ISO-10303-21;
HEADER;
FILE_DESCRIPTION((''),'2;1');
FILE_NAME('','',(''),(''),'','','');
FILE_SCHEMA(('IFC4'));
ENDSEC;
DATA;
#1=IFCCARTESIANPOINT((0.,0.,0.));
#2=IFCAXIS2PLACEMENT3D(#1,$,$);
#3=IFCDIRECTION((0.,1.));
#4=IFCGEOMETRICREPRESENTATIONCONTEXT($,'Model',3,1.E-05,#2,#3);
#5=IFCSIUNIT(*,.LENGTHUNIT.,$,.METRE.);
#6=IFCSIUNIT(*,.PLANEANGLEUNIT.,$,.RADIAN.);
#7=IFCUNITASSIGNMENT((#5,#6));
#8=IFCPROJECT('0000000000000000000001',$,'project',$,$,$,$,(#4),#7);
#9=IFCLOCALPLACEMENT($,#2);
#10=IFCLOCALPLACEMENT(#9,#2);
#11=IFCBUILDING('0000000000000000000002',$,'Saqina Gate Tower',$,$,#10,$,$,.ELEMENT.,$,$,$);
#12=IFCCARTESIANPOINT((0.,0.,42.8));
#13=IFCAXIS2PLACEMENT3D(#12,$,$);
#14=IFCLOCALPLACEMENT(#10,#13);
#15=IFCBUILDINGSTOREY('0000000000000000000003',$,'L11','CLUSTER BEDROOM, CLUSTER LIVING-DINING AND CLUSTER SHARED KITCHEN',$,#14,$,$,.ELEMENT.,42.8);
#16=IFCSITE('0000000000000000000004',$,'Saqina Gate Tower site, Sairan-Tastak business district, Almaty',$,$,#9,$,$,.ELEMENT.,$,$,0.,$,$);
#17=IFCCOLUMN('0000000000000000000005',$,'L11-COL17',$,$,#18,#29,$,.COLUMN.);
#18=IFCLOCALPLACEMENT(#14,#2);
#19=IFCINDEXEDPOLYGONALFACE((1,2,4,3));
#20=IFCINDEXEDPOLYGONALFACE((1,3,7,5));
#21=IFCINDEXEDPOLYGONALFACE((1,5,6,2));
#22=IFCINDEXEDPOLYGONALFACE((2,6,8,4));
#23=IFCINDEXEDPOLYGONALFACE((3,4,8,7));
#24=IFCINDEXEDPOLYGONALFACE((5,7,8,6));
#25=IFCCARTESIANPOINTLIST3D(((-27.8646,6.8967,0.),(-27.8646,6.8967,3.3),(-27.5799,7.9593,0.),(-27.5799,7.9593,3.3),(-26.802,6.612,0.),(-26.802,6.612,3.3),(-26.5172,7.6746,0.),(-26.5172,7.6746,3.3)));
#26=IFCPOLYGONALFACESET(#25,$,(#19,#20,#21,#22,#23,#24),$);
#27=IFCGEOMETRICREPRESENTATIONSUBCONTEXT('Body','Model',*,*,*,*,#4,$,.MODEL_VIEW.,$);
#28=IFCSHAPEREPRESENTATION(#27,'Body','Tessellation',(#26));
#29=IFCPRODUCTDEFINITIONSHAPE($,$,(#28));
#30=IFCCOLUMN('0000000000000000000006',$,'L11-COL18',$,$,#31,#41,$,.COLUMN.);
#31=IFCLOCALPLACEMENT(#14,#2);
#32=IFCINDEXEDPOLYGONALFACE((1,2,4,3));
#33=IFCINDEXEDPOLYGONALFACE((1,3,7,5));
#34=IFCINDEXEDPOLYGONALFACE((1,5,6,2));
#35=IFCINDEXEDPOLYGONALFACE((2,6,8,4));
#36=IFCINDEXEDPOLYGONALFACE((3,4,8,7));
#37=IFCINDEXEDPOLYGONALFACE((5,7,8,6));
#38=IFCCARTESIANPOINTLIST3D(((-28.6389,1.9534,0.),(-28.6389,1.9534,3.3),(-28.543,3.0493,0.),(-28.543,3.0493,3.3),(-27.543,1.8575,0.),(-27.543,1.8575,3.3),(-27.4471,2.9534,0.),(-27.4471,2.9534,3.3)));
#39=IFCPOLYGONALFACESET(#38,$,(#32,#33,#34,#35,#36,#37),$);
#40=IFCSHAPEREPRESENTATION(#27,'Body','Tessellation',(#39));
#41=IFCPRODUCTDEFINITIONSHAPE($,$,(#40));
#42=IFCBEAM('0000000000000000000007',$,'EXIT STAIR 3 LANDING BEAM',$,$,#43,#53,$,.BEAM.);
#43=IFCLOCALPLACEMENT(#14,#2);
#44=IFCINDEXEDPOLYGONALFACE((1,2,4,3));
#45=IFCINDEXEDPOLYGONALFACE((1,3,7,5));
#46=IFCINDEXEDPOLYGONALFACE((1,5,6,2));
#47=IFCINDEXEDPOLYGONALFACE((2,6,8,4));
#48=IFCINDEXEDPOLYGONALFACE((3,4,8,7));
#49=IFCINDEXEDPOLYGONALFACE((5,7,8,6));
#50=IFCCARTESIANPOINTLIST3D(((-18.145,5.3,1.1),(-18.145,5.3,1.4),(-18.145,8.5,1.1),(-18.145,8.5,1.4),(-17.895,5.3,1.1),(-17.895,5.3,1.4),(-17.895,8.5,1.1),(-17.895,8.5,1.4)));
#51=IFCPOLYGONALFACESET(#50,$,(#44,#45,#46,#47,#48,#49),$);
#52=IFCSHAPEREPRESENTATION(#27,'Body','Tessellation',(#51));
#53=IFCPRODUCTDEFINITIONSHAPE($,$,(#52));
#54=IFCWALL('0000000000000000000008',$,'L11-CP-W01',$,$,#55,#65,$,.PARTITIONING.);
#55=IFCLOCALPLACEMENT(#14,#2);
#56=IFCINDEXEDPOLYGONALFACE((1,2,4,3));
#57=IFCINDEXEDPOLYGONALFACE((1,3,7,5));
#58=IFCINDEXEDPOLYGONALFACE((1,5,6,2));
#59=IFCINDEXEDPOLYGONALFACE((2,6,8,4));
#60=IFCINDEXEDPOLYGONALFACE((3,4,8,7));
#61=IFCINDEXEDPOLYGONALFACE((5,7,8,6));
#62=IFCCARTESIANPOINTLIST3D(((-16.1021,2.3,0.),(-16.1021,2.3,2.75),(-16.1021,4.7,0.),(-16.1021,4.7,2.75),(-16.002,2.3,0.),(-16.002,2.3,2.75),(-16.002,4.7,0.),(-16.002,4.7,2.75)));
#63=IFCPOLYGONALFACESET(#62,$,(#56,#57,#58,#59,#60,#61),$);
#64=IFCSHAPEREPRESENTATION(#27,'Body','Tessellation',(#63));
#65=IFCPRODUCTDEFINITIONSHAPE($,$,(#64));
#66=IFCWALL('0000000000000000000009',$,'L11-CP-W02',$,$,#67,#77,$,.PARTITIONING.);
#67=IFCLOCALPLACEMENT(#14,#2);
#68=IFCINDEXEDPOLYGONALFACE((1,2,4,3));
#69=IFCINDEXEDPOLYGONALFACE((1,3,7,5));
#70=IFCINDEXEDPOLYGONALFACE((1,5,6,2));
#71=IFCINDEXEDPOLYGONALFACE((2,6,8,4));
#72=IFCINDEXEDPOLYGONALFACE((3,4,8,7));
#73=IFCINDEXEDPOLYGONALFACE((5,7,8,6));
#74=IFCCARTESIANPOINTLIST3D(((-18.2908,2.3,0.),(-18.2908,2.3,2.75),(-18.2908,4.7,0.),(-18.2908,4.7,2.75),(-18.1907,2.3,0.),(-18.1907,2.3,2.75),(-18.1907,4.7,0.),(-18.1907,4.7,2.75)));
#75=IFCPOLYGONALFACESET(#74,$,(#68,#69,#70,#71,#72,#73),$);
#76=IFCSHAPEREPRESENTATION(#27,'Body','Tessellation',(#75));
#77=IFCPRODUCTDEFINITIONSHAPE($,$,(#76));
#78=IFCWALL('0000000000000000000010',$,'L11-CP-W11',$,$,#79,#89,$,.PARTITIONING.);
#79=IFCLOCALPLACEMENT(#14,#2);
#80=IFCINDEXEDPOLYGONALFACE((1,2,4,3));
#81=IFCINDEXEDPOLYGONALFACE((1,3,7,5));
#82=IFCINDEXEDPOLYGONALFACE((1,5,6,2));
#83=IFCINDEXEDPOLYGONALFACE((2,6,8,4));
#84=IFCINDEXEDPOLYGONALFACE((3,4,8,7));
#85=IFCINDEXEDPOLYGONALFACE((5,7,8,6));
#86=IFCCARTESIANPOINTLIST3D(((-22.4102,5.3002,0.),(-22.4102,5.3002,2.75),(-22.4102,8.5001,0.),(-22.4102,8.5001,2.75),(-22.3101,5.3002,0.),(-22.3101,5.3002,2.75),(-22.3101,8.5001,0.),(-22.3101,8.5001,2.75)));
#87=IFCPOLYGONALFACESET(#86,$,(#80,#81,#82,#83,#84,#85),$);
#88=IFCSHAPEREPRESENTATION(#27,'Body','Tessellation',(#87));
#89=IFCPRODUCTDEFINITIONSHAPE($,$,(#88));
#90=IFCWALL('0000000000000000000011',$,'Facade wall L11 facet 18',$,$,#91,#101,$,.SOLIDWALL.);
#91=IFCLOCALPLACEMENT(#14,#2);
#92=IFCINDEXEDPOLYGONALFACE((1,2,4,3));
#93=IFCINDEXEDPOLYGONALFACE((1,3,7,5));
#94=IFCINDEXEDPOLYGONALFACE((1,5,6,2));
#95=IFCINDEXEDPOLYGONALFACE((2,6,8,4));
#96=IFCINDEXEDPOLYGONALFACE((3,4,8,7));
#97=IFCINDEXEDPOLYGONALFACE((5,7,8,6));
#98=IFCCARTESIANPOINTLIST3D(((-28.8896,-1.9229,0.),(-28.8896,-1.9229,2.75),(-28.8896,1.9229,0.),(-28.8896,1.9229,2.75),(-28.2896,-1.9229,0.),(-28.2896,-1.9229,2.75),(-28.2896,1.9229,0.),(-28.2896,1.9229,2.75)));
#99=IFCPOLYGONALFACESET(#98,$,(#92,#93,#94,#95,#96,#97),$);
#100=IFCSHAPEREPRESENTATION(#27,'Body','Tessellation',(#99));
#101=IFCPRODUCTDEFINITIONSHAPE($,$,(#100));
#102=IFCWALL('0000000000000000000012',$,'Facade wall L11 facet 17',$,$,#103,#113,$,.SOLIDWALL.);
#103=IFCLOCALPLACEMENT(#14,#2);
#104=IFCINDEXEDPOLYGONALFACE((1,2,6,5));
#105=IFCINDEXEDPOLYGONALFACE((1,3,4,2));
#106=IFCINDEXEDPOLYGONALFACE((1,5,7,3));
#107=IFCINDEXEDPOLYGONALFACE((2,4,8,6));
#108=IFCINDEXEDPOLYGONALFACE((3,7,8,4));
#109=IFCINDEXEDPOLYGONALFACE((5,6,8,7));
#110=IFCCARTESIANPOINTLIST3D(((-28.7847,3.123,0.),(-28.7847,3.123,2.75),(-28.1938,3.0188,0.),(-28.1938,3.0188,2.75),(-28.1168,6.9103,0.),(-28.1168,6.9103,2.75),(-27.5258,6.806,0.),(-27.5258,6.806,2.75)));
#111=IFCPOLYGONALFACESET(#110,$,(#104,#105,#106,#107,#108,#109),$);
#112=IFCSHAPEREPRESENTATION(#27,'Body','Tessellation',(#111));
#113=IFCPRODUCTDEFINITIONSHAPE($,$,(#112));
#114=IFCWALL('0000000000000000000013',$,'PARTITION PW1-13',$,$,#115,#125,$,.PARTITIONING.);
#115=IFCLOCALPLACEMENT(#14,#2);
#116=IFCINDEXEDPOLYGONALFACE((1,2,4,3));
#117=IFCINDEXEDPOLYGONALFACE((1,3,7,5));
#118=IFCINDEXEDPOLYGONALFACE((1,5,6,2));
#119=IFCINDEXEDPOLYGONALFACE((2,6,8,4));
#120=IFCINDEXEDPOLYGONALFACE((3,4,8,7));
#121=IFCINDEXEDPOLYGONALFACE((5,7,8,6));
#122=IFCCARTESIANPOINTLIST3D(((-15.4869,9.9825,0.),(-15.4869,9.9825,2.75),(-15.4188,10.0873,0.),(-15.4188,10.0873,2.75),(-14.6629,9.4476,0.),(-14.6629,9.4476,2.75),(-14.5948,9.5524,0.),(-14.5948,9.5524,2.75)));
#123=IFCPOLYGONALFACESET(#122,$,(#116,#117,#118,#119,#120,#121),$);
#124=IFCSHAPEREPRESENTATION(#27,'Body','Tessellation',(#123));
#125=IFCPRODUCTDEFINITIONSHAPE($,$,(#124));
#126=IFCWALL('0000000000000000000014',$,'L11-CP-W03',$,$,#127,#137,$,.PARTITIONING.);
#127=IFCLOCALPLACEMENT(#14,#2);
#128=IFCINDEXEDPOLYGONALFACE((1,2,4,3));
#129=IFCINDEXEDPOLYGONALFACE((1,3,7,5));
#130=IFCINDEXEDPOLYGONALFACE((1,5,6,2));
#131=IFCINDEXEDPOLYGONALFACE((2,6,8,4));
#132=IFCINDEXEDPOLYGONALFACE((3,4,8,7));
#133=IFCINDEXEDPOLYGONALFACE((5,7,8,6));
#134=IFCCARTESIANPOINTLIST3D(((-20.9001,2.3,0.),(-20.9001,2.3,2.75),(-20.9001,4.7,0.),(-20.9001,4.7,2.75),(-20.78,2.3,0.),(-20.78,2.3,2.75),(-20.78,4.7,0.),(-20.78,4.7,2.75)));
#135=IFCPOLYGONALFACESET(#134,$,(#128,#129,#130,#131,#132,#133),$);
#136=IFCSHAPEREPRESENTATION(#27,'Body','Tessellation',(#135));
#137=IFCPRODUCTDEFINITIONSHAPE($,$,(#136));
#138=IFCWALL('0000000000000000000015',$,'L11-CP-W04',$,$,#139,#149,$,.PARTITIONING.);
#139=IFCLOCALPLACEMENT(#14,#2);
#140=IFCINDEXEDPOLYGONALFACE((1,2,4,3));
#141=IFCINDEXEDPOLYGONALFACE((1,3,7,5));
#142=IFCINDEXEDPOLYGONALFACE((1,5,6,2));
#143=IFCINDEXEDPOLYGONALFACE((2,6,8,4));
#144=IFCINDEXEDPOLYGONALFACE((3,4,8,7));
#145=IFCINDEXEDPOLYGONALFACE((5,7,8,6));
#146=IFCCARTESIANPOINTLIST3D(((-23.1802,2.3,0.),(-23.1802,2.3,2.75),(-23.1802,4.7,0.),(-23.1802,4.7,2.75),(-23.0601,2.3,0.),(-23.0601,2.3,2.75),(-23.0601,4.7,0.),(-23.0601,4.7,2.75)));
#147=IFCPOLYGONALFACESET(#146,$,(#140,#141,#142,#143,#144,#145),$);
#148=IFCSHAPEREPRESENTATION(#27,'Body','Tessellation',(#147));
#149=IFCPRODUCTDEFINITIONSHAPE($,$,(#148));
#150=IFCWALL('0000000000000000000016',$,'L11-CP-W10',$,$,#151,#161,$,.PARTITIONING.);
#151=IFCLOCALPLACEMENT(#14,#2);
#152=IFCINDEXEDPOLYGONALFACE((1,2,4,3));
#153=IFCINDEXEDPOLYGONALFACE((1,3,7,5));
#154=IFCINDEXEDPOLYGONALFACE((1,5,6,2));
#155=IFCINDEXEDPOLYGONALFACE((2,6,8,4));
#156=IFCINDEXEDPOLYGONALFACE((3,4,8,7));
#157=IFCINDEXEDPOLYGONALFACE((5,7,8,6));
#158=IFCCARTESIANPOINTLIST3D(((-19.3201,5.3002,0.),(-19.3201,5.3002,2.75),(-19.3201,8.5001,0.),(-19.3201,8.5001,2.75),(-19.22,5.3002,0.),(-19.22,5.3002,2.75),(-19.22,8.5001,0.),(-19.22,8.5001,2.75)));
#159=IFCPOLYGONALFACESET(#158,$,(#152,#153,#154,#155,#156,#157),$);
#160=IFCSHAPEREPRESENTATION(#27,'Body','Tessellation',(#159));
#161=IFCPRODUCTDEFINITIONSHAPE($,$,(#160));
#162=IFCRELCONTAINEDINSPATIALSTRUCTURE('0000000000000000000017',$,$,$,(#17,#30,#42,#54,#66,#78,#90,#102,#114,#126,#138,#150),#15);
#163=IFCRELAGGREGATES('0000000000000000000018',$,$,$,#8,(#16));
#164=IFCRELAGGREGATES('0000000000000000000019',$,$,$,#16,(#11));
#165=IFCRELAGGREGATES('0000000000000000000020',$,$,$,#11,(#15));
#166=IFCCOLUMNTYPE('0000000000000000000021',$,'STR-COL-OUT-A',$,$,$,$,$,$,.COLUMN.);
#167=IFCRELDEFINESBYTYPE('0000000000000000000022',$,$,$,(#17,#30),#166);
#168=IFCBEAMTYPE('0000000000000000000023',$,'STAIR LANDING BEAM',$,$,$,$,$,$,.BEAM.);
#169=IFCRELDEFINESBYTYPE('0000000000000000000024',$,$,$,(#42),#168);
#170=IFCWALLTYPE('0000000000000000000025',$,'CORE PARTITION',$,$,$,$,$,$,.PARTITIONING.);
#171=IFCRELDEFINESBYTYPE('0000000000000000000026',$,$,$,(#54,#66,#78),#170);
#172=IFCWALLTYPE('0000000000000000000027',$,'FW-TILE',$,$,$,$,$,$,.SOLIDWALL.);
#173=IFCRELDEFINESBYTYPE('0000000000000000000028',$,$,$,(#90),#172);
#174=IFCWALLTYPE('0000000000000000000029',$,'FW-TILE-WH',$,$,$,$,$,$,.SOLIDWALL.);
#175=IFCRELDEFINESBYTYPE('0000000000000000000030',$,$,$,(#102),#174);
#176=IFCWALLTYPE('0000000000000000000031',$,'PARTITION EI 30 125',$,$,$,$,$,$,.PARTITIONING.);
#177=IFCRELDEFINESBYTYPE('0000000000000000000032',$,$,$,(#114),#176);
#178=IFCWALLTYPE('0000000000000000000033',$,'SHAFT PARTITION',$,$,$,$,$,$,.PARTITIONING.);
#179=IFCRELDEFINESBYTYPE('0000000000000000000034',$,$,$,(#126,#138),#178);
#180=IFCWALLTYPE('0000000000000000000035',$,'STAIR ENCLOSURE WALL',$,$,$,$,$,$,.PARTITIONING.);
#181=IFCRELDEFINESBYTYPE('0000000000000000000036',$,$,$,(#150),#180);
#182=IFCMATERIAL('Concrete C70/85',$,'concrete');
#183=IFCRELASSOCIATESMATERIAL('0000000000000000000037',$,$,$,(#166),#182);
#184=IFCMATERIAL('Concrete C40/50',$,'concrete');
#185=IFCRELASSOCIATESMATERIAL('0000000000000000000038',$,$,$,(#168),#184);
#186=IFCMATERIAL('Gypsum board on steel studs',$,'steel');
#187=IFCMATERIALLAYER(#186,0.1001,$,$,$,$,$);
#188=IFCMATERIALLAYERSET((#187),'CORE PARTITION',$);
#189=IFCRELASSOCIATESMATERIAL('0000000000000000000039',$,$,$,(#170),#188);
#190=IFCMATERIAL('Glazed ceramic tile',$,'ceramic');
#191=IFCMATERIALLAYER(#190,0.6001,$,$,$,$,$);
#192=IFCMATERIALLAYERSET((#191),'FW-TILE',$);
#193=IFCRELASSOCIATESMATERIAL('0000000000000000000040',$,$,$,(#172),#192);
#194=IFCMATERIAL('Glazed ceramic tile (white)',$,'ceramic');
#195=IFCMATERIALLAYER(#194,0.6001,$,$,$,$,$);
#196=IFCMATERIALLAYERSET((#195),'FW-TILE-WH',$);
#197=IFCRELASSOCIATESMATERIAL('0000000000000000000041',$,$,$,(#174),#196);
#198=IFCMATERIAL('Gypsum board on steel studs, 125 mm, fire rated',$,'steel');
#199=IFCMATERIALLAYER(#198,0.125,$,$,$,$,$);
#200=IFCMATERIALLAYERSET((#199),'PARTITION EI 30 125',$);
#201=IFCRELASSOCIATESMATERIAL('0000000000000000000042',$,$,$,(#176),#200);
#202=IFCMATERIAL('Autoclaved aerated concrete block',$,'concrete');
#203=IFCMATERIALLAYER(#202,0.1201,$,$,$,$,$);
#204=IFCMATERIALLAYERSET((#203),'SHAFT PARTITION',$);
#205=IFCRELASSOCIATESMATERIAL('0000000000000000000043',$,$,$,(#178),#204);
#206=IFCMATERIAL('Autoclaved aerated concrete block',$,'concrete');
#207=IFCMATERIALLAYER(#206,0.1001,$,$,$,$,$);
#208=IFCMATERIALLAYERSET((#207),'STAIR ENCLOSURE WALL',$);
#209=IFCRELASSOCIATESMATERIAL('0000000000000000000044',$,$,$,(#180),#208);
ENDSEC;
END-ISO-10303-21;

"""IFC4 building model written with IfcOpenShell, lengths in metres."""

from ifc_helpers import new_model, si_unit, direction, frame, frame_2d, origin, origin_2d, place, context, subcontext, project, spatial, rectangle, extrude, material, layer, layer_set, material_profile, profile_set, type_object, element, save


model = new_model("IFC4")

# Units and contexts
model_context = context("Model", 3, precision=1e-05, world=origin(), true_north=direction((0.0, 1.0)))
body_context = subcontext(model_context, "Body", "Model", "MODEL_VIEW")
ifc_project = project(units=[si_unit("LENGTHUNIT", "METRE"), si_unit("PLANEANGLEUNIT", "RADIAN")], contexts=[model_context])

# Site, building, storey
site_placement = place(None, origin())
site = spatial("IfcSite", under=ifc_project, at=site_placement, Name="Saqina Gate Tower site, Sairan-Tastak business district, Almaty", CompositionType="ELEMENT", RefElevation=0.0)
building_placement = place(site_placement, origin())
building = spatial("IfcBuilding", under=site, at=building_placement, Name="Saqina Gate Tower", CompositionType="ELEMENT")
storey_placement = place(building_placement, frame((0.0, 0.0, 42.8)))
storey = spatial("IfcBuildingStorey", under=building, at=storey_placement, Name="L11", Description="CLUSTER BEDROOM, CLUSTER LIVING-DINING AND CLUSTER SHARED KITCHEN", CompositionType="ELEMENT", Elevation=42.8)

# Columns
ifc_material_1 = material(Name="Concrete C70/85", Category="concrete")
ifc_material_profile_1 = material_profile(ifc_material_1, rectangle(XDim=1.1001, YDim=1.1001, at=origin_2d()), Name="RC 1100x1100")
ifc_profile_set_1 = profile_set([ifc_material_profile_1], Name="Concrete C70/85")
column_type = type_object("IfcColumnType", Name="STR-COL-OUT-A", PredefinedType="COLUMN", material=ifc_profile_set_1)
for number, where, z_axis, x_axis, name in (
    (1, (-27.1909, 7.2856, 0.0), (0.0, 0.0, 1.0), (-0.965926, 0.258819, 0.0), "L11-COL17"),
    (2, (-28.043, 2.4534, 0.0), (0.0, 0.0, 1.0), (-0.996195, 0.087156, 0.0), "L11-COL18"),
):
    element("IfcColumn", number, at=place(storey_placement, frame(where, z_axis=z_axis, x_axis=x_axis)), inside=storey, type_object=column_type, Name=name, PredefinedType="COLUMN", context=body_context, shape_type="SweptSolid", body=[
        extrude(rectangle(XDim=1.1001, YDim=1.1001, at=origin_2d()), origin(), (0.0, 0.0, 1.0), 3.3),
    ])

# Beam
ifc_material_2 = material(Name="Concrete C40/50", Category="concrete")
ifc_material_profile_2 = material_profile(ifc_material_2, rectangle(XDim=0.25, YDim=0.3, at=origin_2d()), Name="STAIR LANDING BEAM")
ifc_profile_set_2 = profile_set([ifc_material_profile_2], Name="Concrete C40/50")
beam_type = type_object("IfcBeamType", Name="STAIR LANDING BEAM", PredefinedType="BEAM", material=ifc_profile_set_2)
beam_placement = place(storey_placement, frame((-18.02, 5.3, 1.25), z_axis=(0.0, 1.0, 0.0), x_axis=(-1.0, 0.0, 0.0)))
element("IfcBeam", 3, at=beam_placement, inside=storey, type_object=beam_type, Name="EXIT STAIR 3 LANDING BEAM", PredefinedType="BEAM", context=body_context, shape_type="SweptSolid", body=[
    extrude(rectangle(XDim=0.25, YDim=0.3, at=origin_2d()), origin(), (0.0, 0.0, 1.0), 3.2),
])

# Walls
ifc_material_3 = material(Name="Gypsum board on steel studs", Category="steel")
ifc_layer_1 = layer(ifc_material_3, 0.1001)
ifc_layer_set_1 = layer_set([ifc_layer_1], Name="CORE PARTITION")
wall_type_1 = type_object("IfcWallType", Name="CORE PARTITION", PredefinedType="PARTITIONING", material=ifc_layer_set_1)
for number, where, z_axis, x_axis, name in (
    (4, (-16.052, 2.3, 0.0), (0.0, 0.0, 1.0), (0.0, 1.0, 0.0), "L11-CP-W01"),
    (5, (-18.2407, 2.3, 0.0), (0.0, 0.0, 1.0), (0.0, 1.0, 0.0), "L11-CP-W02"),
):
    element("IfcWall", number, at=place(storey_placement, frame(where, z_axis=z_axis, x_axis=x_axis)), inside=storey, type_object=wall_type_1, Name=name, PredefinedType="PARTITIONING", context=body_context, shape_type="SweptSolid", body=[
        extrude(rectangle(XDim=2.3999, YDim=0.1001, at=frame_2d((1.2, 0.0))), origin(), (0.0, 0.0, 1.0), 2.75),
    ])
wall_1_placement = place(storey_placement, frame((-22.3601, 5.3, 0.0), z_axis=(0.0, 0.0, 1.0), x_axis=(0.0, 1.0, 0.0)))
element("IfcWall", 6, at=wall_1_placement, inside=storey, type_object=wall_type_1, Name="L11-CP-W11", PredefinedType="PARTITIONING", context=body_context, shape_type="SweptSolid", body=[
    extrude(rectangle(XDim=3.2, YDim=0.1001, at=frame_2d((1.6001, 0.0))), origin(), (0.0, 0.0, 1.0), 2.75),
])
ifc_material_4 = material(Name="Glazed ceramic tile", Category="ceramic")
ifc_layer_2 = layer(ifc_material_4, 0.6001)
ifc_layer_set_2 = layer_set([ifc_layer_2], Name="FW-TILE")
wall_type_2 = type_object("IfcWallType", Name="FW-TILE", PredefinedType="SOLIDWALL", material=ifc_layer_set_2)
wall_2_placement = place(storey_placement, frame((-28.5896, 1.9229, 0.0), z_axis=(0.0, 0.0, 1.0), x_axis=(0.0, -1.0, 0.0)))
element("IfcWall", 7, at=wall_2_placement, inside=storey, type_object=wall_type_2, Name="Facade wall L11 facet 18", PredefinedType="SOLIDWALL", context=body_context, shape_type="SweptSolid", body=[
    extrude(rectangle(XDim=3.8457, YDim=0.6001, at=frame_2d((1.9229, 0.0))), origin(), (0.0, 0.0, 1.0), 2.75),
])
ifc_material_5 = material(Name="Glazed ceramic tile (white)", Category="ceramic")
ifc_layer_3 = layer(ifc_material_5, 0.6001)
ifc_layer_set_3 = layer_set([ifc_layer_3], Name="FW-TILE-WH")
wall_type_3 = type_object("IfcWallType", Name="FW-TILE-WH", PredefinedType="SOLIDWALL", material=ifc_layer_set_3)
wall_3_placement = place(storey_placement, frame((-27.8213, 6.8582, 0.0), z_axis=(0.0, 0.0, 1.0), x_axis=(-0.173688, -0.984801, 0.0)))
element("IfcWall", 8, at=wall_3_placement, inside=storey, type_object=wall_type_3, Name="Facade wall L11 facet 17", PredefinedType="SOLIDWALL", context=body_context, shape_type="SweptSolid", body=[
    extrude(rectangle(XDim=3.8457, YDim=0.6001, at=frame_2d((1.9229, 0.0))), origin(), (0.0, 0.0, 1.0), 2.75),
])
ifc_material_6 = material(Name="Gypsum board on steel studs, 125 mm, fire rated", Category="steel")
ifc_layer_4 = layer(ifc_material_6, 0.125)
ifc_layer_set_4 = layer_set([ifc_layer_4], Name="PARTITION EI 30 125")
wall_type_4 = type_object("IfcWallType", Name="PARTITION EI 30 125", PredefinedType="PARTITIONING", material=ifc_layer_set_4)
wall_4_placement = place(storey_placement, frame((-15.4529, 10.0349, 0.0), z_axis=(0.0, 0.0, 1.0), x_axis=(0.838756, -0.544508, 0.0)))
element("IfcWall", 9, at=wall_4_placement, inside=storey, type_object=wall_type_4, Name="PARTITION PW1-13", PredefinedType="PARTITIONING", context=body_context, shape_type="SweptSolid", body=[
    extrude(rectangle(XDim=0.9824, YDim=0.125, at=frame_2d((0.4912, 0.0))), origin(), (0.0, 0.0, 1.0), 2.75),
])
ifc_material_7 = material(Name="Autoclaved aerated concrete block", Category="concrete")
ifc_layer_5 = layer(ifc_material_7, 0.1201)
ifc_layer_set_5 = layer_set([ifc_layer_5], Name="SHAFT PARTITION")
wall_type_5 = type_object("IfcWallType", Name="SHAFT PARTITION", PredefinedType="PARTITIONING", material=ifc_layer_set_5)
for number, where, z_axis, x_axis, name in (
    (10, (-20.8401, 2.3, 0.0), (0.0, 0.0, 1.0), (0.0, 1.0, 0.0), "L11-CP-W03"),
    (11, (-23.1201, 2.3, 0.0), (0.0, 0.0, 1.0), (0.0, 1.0, 0.0), "L11-CP-W04"),
):
    element("IfcWall", number, at=place(storey_placement, frame(where, z_axis=z_axis, x_axis=x_axis)), inside=storey, type_object=wall_type_5, Name=name, PredefinedType="PARTITIONING", context=body_context, shape_type="SweptSolid", body=[
        extrude(rectangle(XDim=2.3999, YDim=0.1201, at=frame_2d((1.2, 0.0))), origin(), (0.0, 0.0, 1.0), 2.75),
    ])
ifc_material_8 = material(Name="Autoclaved aerated concrete block", Category="concrete")
ifc_layer_6 = layer(ifc_material_8, 0.1001)
ifc_layer_set_6 = layer_set([ifc_layer_6], Name="STAIR ENCLOSURE WALL")
wall_type_6 = type_object("IfcWallType", Name="STAIR ENCLOSURE WALL", PredefinedType="PARTITIONING", material=ifc_layer_set_6)
wall_5_placement = place(storey_placement, frame((-19.27, 5.3, 0.0), z_axis=(0.0, 0.0, 1.0), x_axis=(0.0, 1.0, 0.0)))
element("IfcWall", 12, at=wall_5_placement, inside=storey, type_object=wall_type_6, Name="L11-CP-W10", PredefinedType="PARTITIONING", context=body_context, shape_type="SweptSolid", body=[
    extrude(rectangle(XDim=3.2, YDim=0.1001, at=frame_2d((1.6001, 0.0))), origin(), (0.0, 0.0, 1.0), 2.75),
])

save(model, "model.ifc")
